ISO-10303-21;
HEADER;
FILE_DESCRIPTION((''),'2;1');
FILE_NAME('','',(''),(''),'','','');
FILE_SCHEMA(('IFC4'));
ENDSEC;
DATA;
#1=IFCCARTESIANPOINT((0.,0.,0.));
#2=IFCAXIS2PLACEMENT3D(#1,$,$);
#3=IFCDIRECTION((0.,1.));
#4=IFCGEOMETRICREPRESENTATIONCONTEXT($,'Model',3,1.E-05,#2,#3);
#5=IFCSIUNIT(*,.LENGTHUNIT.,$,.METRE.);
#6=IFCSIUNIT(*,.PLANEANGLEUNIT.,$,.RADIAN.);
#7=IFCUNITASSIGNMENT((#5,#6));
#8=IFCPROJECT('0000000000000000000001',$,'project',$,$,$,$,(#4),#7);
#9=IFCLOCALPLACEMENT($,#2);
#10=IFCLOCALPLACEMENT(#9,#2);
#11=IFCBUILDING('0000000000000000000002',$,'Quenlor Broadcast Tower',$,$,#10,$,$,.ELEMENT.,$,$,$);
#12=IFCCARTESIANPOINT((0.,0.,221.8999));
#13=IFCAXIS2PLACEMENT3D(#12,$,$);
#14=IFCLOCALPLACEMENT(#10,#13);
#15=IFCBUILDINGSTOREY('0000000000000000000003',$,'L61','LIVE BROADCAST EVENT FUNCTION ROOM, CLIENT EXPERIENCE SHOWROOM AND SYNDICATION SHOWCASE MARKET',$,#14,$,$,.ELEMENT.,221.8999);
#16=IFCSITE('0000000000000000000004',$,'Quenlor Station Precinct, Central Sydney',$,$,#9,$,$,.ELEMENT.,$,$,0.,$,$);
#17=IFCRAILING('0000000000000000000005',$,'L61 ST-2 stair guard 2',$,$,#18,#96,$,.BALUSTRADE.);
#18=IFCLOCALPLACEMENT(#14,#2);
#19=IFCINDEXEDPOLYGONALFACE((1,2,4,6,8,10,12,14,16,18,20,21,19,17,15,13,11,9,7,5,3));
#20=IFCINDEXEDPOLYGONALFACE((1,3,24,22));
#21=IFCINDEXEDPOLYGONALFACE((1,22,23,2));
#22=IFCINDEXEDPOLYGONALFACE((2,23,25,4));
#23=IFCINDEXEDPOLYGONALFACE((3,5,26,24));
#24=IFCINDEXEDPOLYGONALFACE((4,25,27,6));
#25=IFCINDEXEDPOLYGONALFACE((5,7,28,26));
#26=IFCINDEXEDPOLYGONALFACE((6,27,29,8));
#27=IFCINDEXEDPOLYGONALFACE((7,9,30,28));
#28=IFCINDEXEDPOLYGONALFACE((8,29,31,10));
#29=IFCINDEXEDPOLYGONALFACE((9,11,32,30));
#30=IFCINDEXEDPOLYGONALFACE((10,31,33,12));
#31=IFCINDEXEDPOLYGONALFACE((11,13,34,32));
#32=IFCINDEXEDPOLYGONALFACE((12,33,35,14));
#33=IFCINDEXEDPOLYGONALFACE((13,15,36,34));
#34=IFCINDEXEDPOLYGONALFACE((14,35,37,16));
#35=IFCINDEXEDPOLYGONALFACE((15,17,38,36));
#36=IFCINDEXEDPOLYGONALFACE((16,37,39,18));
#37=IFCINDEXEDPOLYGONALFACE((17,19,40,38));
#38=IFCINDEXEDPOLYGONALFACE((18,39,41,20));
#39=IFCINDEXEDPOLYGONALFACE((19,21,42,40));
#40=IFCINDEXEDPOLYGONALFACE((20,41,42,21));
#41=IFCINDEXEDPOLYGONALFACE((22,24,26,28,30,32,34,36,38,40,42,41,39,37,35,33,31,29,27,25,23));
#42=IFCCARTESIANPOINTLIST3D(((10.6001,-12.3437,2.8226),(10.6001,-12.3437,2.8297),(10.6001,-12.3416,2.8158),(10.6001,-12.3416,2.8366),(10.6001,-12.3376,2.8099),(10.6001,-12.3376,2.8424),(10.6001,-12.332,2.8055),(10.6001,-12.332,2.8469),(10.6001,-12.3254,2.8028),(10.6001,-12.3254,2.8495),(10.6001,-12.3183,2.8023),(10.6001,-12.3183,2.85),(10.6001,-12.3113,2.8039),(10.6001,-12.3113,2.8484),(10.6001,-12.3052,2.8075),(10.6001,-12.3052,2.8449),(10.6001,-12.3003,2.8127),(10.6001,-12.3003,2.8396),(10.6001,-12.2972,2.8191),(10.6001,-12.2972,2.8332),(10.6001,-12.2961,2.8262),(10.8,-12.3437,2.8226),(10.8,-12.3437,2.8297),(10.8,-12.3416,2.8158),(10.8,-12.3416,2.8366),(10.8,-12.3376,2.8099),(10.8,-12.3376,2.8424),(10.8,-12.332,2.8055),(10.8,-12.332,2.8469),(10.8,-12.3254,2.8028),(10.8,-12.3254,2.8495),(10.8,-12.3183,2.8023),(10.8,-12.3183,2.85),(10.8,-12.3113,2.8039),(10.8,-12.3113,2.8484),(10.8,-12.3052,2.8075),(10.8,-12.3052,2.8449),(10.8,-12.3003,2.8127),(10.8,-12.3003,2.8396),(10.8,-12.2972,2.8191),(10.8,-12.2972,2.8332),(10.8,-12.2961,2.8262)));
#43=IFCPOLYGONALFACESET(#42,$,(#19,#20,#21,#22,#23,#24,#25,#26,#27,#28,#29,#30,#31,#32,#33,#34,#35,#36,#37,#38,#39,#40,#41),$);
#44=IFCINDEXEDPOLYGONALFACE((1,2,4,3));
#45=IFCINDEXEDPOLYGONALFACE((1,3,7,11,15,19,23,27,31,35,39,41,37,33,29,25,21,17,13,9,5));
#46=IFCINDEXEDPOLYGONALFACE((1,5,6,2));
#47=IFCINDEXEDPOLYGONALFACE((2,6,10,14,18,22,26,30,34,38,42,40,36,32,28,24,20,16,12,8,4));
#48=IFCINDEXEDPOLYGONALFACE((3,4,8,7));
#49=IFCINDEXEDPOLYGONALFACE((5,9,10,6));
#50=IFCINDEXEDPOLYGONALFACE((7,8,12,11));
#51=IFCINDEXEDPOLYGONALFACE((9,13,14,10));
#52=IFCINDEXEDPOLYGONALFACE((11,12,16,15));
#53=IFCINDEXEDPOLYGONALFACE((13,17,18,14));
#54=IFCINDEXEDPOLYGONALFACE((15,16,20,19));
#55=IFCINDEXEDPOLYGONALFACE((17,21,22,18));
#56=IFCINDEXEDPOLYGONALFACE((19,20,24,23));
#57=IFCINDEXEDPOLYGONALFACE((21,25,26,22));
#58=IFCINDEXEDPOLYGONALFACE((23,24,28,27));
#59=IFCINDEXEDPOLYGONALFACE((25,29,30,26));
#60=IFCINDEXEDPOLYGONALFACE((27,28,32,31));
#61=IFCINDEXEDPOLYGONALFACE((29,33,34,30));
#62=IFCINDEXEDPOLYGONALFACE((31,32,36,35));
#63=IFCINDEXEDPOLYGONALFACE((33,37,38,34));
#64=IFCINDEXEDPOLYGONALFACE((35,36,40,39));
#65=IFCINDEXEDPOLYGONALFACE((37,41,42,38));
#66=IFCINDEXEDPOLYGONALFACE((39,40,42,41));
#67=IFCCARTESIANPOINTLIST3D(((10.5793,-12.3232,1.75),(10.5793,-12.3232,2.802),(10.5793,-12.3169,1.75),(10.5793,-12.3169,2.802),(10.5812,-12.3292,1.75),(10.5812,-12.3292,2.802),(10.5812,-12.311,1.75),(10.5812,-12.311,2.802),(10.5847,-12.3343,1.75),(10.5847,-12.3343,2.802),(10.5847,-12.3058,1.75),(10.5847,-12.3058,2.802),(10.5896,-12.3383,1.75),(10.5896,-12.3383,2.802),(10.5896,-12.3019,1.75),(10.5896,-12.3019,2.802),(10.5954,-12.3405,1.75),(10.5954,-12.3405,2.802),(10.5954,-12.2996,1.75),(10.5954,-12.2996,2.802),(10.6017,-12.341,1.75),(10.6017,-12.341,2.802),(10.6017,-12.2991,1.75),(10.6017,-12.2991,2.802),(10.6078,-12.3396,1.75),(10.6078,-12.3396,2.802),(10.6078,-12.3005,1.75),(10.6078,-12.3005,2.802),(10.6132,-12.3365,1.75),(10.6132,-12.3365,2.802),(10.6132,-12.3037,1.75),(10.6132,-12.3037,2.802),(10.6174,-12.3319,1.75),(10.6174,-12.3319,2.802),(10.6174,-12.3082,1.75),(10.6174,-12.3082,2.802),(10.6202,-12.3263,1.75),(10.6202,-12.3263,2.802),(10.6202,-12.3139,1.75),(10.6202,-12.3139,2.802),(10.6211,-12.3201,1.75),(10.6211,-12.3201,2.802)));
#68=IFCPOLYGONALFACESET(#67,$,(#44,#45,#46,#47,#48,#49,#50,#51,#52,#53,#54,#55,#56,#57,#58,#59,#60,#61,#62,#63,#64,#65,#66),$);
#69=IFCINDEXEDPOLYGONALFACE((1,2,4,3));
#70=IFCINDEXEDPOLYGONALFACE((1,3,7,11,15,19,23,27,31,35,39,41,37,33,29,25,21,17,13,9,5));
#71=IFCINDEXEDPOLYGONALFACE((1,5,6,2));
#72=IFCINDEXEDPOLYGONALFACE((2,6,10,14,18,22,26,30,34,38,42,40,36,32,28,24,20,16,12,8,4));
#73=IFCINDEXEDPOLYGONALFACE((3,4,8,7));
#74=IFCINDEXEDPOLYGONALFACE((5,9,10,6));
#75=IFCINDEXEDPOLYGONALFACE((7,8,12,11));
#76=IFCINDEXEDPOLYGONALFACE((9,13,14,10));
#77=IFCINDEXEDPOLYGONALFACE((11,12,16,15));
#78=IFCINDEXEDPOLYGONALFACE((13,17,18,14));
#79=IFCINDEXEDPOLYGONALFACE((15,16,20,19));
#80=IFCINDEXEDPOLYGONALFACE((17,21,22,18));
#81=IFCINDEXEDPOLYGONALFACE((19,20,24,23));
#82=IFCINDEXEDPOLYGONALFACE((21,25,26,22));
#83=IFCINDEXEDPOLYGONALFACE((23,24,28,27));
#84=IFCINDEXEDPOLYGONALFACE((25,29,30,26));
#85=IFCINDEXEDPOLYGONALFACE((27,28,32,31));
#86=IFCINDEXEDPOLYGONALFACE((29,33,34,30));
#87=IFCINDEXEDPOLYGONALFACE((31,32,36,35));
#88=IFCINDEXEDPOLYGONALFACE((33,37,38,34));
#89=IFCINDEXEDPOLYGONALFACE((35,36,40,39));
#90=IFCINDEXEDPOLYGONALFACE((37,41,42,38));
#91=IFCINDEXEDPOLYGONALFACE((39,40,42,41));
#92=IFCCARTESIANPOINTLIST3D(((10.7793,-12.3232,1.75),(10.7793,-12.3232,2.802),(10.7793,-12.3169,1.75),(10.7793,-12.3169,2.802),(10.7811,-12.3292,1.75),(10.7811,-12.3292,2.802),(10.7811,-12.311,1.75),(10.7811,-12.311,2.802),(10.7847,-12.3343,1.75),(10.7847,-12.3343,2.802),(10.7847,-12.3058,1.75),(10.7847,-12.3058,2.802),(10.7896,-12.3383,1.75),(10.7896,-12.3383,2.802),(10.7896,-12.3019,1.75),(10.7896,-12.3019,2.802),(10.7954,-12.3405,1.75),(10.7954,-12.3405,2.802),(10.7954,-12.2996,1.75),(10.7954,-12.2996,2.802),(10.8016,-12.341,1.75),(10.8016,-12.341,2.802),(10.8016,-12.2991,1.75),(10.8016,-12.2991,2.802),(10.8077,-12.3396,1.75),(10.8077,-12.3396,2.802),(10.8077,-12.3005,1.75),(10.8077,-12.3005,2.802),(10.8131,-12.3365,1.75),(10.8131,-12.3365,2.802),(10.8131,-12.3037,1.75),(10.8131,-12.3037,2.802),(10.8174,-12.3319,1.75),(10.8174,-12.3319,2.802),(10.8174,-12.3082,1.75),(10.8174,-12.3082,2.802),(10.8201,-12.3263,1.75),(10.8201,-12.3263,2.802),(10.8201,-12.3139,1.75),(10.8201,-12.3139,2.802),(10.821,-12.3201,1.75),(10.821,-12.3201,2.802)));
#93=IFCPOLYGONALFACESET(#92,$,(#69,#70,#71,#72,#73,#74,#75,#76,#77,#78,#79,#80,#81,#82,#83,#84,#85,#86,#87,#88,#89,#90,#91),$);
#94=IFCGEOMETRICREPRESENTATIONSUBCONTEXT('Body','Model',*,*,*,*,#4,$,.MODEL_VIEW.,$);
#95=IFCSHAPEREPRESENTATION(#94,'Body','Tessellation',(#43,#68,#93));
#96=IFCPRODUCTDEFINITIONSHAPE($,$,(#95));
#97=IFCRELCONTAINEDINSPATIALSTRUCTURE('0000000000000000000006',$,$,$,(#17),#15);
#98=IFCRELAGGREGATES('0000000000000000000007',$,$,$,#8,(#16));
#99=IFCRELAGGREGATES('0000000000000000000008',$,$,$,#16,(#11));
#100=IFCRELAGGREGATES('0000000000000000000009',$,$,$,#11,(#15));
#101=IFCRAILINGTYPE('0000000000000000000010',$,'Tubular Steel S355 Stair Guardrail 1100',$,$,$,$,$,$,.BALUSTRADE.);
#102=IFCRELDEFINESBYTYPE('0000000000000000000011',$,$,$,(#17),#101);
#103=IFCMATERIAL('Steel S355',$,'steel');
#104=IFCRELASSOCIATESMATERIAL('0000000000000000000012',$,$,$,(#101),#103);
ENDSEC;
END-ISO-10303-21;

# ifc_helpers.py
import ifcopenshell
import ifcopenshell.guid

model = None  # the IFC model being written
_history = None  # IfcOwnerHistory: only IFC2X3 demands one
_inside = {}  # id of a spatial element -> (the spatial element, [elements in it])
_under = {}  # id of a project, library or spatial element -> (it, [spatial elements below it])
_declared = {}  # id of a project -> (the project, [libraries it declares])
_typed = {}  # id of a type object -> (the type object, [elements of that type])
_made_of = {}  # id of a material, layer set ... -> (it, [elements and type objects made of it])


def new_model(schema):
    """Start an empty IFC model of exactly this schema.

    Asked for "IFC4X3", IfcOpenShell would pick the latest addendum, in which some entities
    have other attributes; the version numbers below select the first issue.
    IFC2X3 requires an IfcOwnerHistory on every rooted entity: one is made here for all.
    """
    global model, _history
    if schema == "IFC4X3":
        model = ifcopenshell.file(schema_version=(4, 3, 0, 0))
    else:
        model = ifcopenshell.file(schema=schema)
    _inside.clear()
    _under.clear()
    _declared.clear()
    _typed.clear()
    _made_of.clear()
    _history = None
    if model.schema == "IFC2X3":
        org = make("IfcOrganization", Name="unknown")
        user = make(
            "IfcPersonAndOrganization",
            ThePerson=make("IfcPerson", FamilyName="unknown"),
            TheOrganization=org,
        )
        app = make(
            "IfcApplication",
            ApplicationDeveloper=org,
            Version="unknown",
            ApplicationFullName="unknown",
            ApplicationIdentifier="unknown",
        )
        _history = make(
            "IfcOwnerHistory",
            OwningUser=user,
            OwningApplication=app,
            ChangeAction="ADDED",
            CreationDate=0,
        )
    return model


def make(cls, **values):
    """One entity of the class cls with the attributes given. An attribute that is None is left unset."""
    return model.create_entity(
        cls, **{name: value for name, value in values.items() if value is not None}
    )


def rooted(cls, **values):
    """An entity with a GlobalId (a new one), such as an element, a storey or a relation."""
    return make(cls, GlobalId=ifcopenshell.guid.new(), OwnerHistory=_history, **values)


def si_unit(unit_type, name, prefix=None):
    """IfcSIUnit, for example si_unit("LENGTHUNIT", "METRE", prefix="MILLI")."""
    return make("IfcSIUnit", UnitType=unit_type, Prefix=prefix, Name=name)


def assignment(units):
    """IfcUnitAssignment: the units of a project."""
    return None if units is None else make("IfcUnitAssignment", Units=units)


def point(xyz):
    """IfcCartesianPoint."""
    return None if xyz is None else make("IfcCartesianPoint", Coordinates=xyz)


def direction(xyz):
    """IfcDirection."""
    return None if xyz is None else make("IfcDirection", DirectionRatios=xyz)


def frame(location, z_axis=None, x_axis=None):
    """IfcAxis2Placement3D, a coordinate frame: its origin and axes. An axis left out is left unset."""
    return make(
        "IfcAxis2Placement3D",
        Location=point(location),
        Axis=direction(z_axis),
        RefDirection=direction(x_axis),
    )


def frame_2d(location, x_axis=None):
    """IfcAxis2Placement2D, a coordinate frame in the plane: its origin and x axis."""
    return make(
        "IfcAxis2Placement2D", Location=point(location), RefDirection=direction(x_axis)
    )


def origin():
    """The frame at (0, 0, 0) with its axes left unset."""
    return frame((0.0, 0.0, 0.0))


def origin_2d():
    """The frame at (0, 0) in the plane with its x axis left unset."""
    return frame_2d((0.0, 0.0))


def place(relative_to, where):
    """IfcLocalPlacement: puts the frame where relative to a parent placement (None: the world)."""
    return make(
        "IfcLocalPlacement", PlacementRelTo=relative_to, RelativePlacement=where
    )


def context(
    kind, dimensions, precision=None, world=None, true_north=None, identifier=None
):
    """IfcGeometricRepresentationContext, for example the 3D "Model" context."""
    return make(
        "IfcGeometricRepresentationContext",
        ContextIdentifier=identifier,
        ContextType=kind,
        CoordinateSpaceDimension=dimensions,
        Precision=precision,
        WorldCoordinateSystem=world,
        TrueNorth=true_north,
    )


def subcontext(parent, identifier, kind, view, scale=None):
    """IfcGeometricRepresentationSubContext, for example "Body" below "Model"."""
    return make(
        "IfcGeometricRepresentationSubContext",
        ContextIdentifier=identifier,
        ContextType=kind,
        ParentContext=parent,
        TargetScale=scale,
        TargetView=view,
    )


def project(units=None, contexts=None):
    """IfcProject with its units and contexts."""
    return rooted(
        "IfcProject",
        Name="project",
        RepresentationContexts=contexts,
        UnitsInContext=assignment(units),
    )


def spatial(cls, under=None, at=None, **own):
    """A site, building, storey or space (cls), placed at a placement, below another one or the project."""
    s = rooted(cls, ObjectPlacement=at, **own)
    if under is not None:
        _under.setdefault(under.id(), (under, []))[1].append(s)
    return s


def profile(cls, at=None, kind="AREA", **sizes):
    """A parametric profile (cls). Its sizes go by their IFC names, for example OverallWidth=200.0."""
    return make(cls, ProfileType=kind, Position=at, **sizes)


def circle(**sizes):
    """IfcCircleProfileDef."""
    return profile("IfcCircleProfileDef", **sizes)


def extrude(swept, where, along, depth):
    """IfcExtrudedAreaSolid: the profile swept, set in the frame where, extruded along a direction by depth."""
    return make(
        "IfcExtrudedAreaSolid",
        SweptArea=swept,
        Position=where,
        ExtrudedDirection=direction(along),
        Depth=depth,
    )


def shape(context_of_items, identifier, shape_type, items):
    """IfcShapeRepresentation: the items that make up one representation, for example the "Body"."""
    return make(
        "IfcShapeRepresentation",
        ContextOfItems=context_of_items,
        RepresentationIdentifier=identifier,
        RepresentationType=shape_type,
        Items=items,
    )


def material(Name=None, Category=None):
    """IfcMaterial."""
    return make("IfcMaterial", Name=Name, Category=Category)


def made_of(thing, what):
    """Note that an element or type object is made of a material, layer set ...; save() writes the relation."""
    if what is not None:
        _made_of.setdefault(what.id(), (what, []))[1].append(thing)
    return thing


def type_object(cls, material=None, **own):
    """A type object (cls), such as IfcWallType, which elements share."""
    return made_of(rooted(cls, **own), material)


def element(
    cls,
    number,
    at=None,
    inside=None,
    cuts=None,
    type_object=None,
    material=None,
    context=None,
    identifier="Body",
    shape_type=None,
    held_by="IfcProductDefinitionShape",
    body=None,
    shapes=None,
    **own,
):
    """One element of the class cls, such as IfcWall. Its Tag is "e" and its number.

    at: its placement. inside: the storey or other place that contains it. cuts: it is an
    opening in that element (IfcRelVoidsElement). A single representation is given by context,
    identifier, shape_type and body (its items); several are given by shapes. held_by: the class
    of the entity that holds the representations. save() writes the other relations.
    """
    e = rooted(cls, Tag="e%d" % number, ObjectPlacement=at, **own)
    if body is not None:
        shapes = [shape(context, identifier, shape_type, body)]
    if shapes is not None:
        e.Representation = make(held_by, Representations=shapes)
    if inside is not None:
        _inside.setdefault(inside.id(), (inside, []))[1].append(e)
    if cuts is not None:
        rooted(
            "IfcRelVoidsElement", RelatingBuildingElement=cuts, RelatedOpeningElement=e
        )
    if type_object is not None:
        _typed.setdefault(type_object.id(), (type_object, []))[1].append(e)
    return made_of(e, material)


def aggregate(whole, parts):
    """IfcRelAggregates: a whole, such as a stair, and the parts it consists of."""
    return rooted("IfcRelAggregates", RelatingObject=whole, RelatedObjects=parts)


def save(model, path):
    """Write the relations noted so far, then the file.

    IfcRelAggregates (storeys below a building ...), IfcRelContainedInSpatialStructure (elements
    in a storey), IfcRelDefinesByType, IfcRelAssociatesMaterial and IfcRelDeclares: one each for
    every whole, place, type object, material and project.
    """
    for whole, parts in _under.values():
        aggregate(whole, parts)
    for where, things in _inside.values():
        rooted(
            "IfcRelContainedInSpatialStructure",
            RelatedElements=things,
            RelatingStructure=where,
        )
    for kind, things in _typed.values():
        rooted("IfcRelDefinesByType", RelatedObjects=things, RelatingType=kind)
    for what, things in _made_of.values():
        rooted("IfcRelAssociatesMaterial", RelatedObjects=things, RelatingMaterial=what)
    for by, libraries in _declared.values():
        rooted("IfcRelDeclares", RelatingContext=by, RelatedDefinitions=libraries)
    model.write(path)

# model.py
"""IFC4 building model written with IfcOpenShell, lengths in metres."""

from ifc_helpers import new_model, si_unit, direction, frame, origin, origin_2d, place, context, subcontext, project, spatial, circle, extrude, material, type_object, element, save


model = new_model("IFC4")

# Units and contexts
model_context = context("Model", 3, precision=1e-05, world=origin(), true_north=direction((0.0, 1.0)))
body_context = subcontext(model_context, "Body", "Model", "MODEL_VIEW")
ifc_project = project(units=[si_unit("LENGTHUNIT", "METRE"), si_unit("PLANEANGLEUNIT", "RADIAN")], contexts=[model_context])

# Site, building, storey
site_placement = place(None, origin())
site = spatial("IfcSite", under=ifc_project, at=site_placement, Name="Quenlor Station Precinct, Central Sydney", CompositionType="ELEMENT", RefElevation=0.0)
building_placement = place(site_placement, origin())
building = spatial("IfcBuilding", under=site, at=building_placement, Name="Quenlor Broadcast Tower", CompositionType="ELEMENT")
storey_placement = place(building_placement, frame((0.0, 0.0, 221.8999)))
storey = spatial("IfcBuildingStorey", under=building, at=storey_placement, Name="L61", Description="LIVE BROADCAST EVENT FUNCTION ROOM, CLIENT EXPERIENCE SHOWROOM AND SYNDICATION SHOWCASE MARKET", CompositionType="ELEMENT", Elevation=221.8999)

# Railing
ifc_material_1 = material(Name="Steel S355", Category="steel")
railing_type_1 = type_object("IfcRailingType", Name="Tubular Steel S355 Stair Guardrail 1100", PredefinedType="BALUSTRADE", material=ifc_material_1)
railing_1_placement = place(storey_placement, frame((10.6001, -12.3201, 1.75)))
element("IfcRailing", 1, at=railing_1_placement, inside=storey, type_object=railing_type_1, Name="L61 ST-2 stair guard 2", PredefinedType="BALUSTRADE", context=body_context, shape_type="SweptSolid", body=[
    extrude(circle(Radius=0.0239, at=origin_2d()), frame((0.0, 0.0, 1.0762), z_axis=(1.0, 0.0, 0.0), x_axis=(0.0, 1.0, 0.0)), (0.0, 0.0, 1.0), 0.2),
    extrude(circle(Radius=0.021, at=origin_2d()), origin(), (0.0, 0.0, 1.0), 1.052),
    extrude(circle(Radius=0.021, at=origin_2d()), frame((0.2, 0.0, 0.0)), (0.0, 0.0, 1.0), 1.052),
])

save(model, "model.ifc")
